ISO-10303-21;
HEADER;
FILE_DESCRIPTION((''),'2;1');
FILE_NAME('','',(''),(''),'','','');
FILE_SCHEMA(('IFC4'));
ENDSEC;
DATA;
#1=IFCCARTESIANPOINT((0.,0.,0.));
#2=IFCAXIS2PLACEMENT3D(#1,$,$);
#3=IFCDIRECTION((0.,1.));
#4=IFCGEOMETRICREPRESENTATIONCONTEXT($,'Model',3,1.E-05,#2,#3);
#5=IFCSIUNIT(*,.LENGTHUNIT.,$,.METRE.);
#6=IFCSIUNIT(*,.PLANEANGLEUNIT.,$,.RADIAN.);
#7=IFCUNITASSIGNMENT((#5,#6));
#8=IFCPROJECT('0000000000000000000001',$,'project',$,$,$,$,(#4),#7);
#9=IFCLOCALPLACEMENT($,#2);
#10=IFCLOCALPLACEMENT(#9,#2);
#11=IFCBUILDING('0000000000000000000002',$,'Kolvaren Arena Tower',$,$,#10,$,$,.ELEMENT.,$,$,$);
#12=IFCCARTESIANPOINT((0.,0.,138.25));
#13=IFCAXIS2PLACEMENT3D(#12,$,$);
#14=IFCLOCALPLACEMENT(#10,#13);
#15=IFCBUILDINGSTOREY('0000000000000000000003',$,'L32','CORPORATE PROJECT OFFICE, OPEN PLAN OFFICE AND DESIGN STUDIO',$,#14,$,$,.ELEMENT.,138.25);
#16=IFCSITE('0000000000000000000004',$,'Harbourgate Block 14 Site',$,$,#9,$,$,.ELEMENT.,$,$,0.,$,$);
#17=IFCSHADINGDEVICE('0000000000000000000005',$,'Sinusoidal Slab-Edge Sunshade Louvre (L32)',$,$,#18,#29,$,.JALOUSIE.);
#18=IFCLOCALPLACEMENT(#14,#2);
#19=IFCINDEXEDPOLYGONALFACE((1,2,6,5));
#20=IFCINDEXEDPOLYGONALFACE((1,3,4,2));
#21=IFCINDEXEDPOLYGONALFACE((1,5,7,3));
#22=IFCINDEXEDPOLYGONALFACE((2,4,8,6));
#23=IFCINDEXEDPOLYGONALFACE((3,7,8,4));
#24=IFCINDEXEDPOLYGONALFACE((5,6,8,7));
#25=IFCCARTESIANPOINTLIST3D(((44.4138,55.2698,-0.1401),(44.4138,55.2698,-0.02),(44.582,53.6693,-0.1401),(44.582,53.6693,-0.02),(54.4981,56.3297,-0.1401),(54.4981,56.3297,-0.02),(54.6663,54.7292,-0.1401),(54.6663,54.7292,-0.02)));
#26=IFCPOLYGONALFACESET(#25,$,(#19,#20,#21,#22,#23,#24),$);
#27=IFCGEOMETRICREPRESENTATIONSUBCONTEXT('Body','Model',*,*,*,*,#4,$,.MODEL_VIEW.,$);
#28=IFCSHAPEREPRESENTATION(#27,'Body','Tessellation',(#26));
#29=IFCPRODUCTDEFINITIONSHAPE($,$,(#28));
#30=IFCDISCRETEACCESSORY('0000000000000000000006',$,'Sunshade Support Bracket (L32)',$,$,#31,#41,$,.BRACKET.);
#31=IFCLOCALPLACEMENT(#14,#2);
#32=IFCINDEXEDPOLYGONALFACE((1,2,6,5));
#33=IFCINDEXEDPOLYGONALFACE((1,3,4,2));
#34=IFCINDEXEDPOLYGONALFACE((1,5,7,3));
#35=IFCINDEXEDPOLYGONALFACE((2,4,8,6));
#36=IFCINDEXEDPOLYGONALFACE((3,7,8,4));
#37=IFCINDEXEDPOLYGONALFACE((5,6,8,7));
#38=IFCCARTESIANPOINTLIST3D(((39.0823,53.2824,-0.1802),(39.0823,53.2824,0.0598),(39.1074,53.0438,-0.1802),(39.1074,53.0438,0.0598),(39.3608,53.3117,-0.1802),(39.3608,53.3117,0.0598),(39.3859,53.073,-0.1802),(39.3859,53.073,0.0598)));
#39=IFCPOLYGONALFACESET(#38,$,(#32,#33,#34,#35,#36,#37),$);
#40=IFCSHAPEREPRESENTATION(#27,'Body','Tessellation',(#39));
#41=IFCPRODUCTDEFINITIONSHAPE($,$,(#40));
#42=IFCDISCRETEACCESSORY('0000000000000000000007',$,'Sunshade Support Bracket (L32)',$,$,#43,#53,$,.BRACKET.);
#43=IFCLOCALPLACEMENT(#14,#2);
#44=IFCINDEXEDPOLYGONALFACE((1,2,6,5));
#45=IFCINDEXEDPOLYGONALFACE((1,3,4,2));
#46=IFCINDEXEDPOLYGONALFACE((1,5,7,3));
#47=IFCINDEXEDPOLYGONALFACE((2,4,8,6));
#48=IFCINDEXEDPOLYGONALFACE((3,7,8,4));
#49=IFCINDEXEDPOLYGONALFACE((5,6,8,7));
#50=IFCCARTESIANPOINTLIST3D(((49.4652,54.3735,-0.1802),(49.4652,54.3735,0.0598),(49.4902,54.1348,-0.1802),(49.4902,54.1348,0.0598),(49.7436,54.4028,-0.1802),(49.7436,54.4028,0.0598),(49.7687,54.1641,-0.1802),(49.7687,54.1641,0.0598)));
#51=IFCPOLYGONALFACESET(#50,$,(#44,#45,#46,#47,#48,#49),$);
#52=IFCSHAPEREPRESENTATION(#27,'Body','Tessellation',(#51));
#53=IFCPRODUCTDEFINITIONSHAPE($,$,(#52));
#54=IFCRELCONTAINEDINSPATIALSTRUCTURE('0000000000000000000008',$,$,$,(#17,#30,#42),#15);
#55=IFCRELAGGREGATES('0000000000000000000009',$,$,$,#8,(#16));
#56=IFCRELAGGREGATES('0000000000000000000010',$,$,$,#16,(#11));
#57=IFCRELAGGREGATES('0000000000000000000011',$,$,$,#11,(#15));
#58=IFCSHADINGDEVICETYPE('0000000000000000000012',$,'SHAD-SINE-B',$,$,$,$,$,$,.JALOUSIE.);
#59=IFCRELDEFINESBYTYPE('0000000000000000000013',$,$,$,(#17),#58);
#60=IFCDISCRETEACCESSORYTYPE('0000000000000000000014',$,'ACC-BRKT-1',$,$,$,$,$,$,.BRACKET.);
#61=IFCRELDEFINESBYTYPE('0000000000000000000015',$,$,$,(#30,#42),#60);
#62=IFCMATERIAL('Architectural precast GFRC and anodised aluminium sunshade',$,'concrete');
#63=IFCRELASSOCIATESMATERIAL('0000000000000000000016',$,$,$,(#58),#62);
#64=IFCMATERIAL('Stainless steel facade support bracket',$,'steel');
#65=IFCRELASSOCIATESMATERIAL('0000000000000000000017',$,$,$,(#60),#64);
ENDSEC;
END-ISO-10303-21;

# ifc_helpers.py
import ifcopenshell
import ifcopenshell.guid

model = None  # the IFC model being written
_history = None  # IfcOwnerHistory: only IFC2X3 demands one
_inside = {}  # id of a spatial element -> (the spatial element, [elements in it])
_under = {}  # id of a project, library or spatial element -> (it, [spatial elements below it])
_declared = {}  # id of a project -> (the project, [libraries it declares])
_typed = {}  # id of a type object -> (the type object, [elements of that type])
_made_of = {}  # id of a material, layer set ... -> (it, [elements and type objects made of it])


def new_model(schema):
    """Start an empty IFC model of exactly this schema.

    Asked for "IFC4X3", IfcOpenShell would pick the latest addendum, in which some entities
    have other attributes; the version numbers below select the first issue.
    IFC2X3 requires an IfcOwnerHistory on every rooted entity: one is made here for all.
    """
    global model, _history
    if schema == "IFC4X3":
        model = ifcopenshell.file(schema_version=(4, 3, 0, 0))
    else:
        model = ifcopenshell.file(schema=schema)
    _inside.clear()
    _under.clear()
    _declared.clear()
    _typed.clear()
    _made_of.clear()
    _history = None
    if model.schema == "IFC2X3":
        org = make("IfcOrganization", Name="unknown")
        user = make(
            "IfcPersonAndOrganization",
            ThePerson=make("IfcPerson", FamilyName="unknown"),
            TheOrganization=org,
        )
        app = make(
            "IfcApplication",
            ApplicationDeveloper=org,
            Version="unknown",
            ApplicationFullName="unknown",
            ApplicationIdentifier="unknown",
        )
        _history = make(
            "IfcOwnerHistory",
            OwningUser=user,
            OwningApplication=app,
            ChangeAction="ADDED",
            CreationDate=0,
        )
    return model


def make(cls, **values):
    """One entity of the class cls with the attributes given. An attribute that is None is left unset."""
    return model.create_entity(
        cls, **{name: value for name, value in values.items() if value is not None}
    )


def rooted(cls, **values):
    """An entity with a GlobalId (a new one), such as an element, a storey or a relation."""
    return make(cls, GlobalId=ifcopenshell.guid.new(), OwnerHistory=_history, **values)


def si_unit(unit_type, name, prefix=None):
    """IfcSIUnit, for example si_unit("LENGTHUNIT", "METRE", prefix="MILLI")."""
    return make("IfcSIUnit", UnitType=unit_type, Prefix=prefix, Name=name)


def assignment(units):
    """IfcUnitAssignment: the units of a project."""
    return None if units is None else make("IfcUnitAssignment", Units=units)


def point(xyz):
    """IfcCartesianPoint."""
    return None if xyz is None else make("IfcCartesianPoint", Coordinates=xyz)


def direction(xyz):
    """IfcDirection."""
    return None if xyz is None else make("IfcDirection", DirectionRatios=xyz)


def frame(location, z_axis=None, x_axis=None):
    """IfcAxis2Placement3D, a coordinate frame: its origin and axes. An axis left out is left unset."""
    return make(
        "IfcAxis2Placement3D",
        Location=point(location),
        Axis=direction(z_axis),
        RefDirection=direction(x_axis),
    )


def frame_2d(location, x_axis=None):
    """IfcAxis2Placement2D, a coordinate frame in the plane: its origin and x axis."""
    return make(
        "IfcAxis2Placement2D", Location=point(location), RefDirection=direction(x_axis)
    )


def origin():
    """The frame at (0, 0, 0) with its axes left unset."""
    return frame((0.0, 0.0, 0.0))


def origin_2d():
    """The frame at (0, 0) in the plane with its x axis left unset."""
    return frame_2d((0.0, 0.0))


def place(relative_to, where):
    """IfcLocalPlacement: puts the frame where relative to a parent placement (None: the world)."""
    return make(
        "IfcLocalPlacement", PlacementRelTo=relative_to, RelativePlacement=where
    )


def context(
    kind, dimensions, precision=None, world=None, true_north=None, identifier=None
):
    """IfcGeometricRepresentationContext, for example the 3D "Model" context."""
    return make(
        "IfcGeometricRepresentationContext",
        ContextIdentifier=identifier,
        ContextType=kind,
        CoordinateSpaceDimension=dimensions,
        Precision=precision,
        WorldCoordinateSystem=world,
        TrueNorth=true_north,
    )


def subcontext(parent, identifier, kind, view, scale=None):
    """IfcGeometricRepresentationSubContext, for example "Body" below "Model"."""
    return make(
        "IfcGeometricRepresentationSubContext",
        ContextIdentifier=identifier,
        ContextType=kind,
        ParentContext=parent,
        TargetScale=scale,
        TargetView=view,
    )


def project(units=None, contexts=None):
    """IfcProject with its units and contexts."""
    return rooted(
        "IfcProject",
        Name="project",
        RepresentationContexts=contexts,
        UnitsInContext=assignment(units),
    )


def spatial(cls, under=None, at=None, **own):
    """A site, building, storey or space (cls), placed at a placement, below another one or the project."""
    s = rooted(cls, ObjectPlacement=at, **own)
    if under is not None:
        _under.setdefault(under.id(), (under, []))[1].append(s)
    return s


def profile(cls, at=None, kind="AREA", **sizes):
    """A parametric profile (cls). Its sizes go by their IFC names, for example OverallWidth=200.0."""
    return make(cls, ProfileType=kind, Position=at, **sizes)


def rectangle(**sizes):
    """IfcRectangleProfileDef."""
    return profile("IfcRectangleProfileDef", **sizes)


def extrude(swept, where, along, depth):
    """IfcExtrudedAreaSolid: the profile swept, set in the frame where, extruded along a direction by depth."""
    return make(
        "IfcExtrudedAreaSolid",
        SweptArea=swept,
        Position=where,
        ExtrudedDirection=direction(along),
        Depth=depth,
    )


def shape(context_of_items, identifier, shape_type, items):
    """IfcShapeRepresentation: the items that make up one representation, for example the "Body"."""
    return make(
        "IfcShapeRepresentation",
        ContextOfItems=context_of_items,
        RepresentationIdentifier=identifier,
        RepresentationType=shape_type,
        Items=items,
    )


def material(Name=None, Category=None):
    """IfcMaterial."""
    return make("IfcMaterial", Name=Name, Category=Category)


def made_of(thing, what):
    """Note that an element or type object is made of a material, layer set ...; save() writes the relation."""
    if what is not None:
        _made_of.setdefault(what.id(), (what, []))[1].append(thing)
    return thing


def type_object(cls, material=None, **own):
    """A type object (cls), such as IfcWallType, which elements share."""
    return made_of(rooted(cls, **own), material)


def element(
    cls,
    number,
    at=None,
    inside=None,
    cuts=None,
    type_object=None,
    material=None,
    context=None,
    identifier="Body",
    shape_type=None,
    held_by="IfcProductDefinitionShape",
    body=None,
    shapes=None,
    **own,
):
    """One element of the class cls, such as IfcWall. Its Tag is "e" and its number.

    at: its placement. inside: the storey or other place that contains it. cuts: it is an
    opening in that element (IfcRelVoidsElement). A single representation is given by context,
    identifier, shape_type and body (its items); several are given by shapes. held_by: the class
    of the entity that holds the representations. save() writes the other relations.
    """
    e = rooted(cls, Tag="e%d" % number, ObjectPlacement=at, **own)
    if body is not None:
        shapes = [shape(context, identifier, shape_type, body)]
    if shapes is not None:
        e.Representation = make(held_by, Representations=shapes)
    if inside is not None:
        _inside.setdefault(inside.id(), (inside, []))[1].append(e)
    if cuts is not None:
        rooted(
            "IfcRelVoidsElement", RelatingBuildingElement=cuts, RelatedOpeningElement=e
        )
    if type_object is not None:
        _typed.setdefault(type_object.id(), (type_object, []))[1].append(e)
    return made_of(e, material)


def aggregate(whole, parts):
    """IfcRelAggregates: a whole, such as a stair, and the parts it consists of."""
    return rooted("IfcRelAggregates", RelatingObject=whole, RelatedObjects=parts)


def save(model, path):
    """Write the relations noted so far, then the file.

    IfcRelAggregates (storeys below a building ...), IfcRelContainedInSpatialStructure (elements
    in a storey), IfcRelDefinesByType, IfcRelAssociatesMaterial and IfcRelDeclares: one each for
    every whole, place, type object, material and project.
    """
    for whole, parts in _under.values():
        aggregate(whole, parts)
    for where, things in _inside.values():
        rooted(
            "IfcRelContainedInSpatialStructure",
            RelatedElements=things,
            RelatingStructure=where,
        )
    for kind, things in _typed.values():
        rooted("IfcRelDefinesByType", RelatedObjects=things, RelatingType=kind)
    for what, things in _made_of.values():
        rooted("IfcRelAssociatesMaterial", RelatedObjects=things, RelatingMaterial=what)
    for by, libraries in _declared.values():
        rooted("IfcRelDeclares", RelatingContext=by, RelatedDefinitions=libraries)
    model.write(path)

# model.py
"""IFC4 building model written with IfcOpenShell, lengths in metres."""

from ifc_helpers import new_model, si_unit, direction, frame, origin, origin_2d, place, context, subcontext, project, spatial, rectangle, extrude, material, type_object, element, save


model = new_model("IFC4")

# Units and contexts
model_context = context("Model", 3, precision=1e-05, world=origin(), true_north=direction((0.0, 1.0)))
body_context = subcontext(model_context, "Body", "Model", "MODEL_VIEW")
ifc_project = project(units=[si_unit("LENGTHUNIT", "METRE"), si_unit("PLANEANGLEUNIT", "RADIAN")], contexts=[model_context])

# Site, building, storey
site_placement = place(None, origin())
site = spatial("IfcSite", under=ifc_project, at=site_placement, Name="Harbourgate Block 14 Site", CompositionType="ELEMENT", RefElevation=0.0)
building_placement = place(site_placement, origin())
building = spatial("IfcBuilding", under=site, at=building_placement, Name="Kolvaren Arena Tower", CompositionType="ELEMENT")
storey_placement = place(building_placement, frame((0.0, 0.0, 138.25)))
storey = spatial("IfcBuildingStorey", under=building, at=storey_placement, Name="L32", Description="CORPORATE PROJECT OFFICE, OPEN PLAN OFFICE AND DESIGN STUDIO", CompositionType="ELEMENT", Elevation=138.25)

# Shading device
ifc_material_1 = material(Name="Architectural precast GFRC and anodised aluminium sunshade", Category="concrete")
shading_device_type_1 = type_object("IfcShadingDeviceType", Name="SHAD-SINE-B", PredefinedType="JALOUSIE", material=ifc_material_1)
shading_device_1_placement = place(storey_placement, frame((49.54, 54.9995, -0.1401), z_axis=(0.0, 0.0, 1.0), x_axis=(0.994522, 0.104527, 0.0)))
element("IfcShadingDevice", 1, at=shading_device_1_placement, inside=storey, type_object=shading_device_type_1, Name="Sinusoidal Slab-Edge Sunshade Louvre (L32)", PredefinedType="JALOUSIE", context=body_context, shape_type="SweptSolid", body=[
    extrude(rectangle(XDim=10.1399, YDim=1.6094, at=origin_2d()), origin(), (0.0, 0.0, 1.0), 0.1201),
])

# Discrete accessories
ifc_material_2 = material(Name="Stainless steel facade support bracket", Category="steel")
discrete_accessory_type = type_object("IfcDiscreteAccessoryType", Name="ACC-BRKT-1", PredefinedType="BRACKET", material=ifc_material_2)
for number, where, z_axis, x_axis, name in (
    (2, (39.2341, 53.1777, -0.1802), (0.0, 0.0, 1.0), (0.994522, 0.104527, 0.0), "Sunshade Support Bracket (L32)"),
    (3, (49.6169, 54.2688, -0.1802), (0.0, 0.0, 1.0), (0.994522, 0.104527, 0.0), "Sunshade Support Bracket (L32)"),
):
    element("IfcDiscreteAccessory", number, at=place(storey_placement, frame(where, z_axis=z_axis, x_axis=x_axis)), inside=storey, type_object=discrete_accessory_type, Name=name, PredefinedType="BRACKET", context=body_context, shape_type="SweptSolid", body=[
        extrude(rectangle(XDim=0.28, YDim=0.24, at=origin_2d()), origin(), (0.0, 0.0, 1.0), 0.24),
    ])

save(model, "model.ifc")
